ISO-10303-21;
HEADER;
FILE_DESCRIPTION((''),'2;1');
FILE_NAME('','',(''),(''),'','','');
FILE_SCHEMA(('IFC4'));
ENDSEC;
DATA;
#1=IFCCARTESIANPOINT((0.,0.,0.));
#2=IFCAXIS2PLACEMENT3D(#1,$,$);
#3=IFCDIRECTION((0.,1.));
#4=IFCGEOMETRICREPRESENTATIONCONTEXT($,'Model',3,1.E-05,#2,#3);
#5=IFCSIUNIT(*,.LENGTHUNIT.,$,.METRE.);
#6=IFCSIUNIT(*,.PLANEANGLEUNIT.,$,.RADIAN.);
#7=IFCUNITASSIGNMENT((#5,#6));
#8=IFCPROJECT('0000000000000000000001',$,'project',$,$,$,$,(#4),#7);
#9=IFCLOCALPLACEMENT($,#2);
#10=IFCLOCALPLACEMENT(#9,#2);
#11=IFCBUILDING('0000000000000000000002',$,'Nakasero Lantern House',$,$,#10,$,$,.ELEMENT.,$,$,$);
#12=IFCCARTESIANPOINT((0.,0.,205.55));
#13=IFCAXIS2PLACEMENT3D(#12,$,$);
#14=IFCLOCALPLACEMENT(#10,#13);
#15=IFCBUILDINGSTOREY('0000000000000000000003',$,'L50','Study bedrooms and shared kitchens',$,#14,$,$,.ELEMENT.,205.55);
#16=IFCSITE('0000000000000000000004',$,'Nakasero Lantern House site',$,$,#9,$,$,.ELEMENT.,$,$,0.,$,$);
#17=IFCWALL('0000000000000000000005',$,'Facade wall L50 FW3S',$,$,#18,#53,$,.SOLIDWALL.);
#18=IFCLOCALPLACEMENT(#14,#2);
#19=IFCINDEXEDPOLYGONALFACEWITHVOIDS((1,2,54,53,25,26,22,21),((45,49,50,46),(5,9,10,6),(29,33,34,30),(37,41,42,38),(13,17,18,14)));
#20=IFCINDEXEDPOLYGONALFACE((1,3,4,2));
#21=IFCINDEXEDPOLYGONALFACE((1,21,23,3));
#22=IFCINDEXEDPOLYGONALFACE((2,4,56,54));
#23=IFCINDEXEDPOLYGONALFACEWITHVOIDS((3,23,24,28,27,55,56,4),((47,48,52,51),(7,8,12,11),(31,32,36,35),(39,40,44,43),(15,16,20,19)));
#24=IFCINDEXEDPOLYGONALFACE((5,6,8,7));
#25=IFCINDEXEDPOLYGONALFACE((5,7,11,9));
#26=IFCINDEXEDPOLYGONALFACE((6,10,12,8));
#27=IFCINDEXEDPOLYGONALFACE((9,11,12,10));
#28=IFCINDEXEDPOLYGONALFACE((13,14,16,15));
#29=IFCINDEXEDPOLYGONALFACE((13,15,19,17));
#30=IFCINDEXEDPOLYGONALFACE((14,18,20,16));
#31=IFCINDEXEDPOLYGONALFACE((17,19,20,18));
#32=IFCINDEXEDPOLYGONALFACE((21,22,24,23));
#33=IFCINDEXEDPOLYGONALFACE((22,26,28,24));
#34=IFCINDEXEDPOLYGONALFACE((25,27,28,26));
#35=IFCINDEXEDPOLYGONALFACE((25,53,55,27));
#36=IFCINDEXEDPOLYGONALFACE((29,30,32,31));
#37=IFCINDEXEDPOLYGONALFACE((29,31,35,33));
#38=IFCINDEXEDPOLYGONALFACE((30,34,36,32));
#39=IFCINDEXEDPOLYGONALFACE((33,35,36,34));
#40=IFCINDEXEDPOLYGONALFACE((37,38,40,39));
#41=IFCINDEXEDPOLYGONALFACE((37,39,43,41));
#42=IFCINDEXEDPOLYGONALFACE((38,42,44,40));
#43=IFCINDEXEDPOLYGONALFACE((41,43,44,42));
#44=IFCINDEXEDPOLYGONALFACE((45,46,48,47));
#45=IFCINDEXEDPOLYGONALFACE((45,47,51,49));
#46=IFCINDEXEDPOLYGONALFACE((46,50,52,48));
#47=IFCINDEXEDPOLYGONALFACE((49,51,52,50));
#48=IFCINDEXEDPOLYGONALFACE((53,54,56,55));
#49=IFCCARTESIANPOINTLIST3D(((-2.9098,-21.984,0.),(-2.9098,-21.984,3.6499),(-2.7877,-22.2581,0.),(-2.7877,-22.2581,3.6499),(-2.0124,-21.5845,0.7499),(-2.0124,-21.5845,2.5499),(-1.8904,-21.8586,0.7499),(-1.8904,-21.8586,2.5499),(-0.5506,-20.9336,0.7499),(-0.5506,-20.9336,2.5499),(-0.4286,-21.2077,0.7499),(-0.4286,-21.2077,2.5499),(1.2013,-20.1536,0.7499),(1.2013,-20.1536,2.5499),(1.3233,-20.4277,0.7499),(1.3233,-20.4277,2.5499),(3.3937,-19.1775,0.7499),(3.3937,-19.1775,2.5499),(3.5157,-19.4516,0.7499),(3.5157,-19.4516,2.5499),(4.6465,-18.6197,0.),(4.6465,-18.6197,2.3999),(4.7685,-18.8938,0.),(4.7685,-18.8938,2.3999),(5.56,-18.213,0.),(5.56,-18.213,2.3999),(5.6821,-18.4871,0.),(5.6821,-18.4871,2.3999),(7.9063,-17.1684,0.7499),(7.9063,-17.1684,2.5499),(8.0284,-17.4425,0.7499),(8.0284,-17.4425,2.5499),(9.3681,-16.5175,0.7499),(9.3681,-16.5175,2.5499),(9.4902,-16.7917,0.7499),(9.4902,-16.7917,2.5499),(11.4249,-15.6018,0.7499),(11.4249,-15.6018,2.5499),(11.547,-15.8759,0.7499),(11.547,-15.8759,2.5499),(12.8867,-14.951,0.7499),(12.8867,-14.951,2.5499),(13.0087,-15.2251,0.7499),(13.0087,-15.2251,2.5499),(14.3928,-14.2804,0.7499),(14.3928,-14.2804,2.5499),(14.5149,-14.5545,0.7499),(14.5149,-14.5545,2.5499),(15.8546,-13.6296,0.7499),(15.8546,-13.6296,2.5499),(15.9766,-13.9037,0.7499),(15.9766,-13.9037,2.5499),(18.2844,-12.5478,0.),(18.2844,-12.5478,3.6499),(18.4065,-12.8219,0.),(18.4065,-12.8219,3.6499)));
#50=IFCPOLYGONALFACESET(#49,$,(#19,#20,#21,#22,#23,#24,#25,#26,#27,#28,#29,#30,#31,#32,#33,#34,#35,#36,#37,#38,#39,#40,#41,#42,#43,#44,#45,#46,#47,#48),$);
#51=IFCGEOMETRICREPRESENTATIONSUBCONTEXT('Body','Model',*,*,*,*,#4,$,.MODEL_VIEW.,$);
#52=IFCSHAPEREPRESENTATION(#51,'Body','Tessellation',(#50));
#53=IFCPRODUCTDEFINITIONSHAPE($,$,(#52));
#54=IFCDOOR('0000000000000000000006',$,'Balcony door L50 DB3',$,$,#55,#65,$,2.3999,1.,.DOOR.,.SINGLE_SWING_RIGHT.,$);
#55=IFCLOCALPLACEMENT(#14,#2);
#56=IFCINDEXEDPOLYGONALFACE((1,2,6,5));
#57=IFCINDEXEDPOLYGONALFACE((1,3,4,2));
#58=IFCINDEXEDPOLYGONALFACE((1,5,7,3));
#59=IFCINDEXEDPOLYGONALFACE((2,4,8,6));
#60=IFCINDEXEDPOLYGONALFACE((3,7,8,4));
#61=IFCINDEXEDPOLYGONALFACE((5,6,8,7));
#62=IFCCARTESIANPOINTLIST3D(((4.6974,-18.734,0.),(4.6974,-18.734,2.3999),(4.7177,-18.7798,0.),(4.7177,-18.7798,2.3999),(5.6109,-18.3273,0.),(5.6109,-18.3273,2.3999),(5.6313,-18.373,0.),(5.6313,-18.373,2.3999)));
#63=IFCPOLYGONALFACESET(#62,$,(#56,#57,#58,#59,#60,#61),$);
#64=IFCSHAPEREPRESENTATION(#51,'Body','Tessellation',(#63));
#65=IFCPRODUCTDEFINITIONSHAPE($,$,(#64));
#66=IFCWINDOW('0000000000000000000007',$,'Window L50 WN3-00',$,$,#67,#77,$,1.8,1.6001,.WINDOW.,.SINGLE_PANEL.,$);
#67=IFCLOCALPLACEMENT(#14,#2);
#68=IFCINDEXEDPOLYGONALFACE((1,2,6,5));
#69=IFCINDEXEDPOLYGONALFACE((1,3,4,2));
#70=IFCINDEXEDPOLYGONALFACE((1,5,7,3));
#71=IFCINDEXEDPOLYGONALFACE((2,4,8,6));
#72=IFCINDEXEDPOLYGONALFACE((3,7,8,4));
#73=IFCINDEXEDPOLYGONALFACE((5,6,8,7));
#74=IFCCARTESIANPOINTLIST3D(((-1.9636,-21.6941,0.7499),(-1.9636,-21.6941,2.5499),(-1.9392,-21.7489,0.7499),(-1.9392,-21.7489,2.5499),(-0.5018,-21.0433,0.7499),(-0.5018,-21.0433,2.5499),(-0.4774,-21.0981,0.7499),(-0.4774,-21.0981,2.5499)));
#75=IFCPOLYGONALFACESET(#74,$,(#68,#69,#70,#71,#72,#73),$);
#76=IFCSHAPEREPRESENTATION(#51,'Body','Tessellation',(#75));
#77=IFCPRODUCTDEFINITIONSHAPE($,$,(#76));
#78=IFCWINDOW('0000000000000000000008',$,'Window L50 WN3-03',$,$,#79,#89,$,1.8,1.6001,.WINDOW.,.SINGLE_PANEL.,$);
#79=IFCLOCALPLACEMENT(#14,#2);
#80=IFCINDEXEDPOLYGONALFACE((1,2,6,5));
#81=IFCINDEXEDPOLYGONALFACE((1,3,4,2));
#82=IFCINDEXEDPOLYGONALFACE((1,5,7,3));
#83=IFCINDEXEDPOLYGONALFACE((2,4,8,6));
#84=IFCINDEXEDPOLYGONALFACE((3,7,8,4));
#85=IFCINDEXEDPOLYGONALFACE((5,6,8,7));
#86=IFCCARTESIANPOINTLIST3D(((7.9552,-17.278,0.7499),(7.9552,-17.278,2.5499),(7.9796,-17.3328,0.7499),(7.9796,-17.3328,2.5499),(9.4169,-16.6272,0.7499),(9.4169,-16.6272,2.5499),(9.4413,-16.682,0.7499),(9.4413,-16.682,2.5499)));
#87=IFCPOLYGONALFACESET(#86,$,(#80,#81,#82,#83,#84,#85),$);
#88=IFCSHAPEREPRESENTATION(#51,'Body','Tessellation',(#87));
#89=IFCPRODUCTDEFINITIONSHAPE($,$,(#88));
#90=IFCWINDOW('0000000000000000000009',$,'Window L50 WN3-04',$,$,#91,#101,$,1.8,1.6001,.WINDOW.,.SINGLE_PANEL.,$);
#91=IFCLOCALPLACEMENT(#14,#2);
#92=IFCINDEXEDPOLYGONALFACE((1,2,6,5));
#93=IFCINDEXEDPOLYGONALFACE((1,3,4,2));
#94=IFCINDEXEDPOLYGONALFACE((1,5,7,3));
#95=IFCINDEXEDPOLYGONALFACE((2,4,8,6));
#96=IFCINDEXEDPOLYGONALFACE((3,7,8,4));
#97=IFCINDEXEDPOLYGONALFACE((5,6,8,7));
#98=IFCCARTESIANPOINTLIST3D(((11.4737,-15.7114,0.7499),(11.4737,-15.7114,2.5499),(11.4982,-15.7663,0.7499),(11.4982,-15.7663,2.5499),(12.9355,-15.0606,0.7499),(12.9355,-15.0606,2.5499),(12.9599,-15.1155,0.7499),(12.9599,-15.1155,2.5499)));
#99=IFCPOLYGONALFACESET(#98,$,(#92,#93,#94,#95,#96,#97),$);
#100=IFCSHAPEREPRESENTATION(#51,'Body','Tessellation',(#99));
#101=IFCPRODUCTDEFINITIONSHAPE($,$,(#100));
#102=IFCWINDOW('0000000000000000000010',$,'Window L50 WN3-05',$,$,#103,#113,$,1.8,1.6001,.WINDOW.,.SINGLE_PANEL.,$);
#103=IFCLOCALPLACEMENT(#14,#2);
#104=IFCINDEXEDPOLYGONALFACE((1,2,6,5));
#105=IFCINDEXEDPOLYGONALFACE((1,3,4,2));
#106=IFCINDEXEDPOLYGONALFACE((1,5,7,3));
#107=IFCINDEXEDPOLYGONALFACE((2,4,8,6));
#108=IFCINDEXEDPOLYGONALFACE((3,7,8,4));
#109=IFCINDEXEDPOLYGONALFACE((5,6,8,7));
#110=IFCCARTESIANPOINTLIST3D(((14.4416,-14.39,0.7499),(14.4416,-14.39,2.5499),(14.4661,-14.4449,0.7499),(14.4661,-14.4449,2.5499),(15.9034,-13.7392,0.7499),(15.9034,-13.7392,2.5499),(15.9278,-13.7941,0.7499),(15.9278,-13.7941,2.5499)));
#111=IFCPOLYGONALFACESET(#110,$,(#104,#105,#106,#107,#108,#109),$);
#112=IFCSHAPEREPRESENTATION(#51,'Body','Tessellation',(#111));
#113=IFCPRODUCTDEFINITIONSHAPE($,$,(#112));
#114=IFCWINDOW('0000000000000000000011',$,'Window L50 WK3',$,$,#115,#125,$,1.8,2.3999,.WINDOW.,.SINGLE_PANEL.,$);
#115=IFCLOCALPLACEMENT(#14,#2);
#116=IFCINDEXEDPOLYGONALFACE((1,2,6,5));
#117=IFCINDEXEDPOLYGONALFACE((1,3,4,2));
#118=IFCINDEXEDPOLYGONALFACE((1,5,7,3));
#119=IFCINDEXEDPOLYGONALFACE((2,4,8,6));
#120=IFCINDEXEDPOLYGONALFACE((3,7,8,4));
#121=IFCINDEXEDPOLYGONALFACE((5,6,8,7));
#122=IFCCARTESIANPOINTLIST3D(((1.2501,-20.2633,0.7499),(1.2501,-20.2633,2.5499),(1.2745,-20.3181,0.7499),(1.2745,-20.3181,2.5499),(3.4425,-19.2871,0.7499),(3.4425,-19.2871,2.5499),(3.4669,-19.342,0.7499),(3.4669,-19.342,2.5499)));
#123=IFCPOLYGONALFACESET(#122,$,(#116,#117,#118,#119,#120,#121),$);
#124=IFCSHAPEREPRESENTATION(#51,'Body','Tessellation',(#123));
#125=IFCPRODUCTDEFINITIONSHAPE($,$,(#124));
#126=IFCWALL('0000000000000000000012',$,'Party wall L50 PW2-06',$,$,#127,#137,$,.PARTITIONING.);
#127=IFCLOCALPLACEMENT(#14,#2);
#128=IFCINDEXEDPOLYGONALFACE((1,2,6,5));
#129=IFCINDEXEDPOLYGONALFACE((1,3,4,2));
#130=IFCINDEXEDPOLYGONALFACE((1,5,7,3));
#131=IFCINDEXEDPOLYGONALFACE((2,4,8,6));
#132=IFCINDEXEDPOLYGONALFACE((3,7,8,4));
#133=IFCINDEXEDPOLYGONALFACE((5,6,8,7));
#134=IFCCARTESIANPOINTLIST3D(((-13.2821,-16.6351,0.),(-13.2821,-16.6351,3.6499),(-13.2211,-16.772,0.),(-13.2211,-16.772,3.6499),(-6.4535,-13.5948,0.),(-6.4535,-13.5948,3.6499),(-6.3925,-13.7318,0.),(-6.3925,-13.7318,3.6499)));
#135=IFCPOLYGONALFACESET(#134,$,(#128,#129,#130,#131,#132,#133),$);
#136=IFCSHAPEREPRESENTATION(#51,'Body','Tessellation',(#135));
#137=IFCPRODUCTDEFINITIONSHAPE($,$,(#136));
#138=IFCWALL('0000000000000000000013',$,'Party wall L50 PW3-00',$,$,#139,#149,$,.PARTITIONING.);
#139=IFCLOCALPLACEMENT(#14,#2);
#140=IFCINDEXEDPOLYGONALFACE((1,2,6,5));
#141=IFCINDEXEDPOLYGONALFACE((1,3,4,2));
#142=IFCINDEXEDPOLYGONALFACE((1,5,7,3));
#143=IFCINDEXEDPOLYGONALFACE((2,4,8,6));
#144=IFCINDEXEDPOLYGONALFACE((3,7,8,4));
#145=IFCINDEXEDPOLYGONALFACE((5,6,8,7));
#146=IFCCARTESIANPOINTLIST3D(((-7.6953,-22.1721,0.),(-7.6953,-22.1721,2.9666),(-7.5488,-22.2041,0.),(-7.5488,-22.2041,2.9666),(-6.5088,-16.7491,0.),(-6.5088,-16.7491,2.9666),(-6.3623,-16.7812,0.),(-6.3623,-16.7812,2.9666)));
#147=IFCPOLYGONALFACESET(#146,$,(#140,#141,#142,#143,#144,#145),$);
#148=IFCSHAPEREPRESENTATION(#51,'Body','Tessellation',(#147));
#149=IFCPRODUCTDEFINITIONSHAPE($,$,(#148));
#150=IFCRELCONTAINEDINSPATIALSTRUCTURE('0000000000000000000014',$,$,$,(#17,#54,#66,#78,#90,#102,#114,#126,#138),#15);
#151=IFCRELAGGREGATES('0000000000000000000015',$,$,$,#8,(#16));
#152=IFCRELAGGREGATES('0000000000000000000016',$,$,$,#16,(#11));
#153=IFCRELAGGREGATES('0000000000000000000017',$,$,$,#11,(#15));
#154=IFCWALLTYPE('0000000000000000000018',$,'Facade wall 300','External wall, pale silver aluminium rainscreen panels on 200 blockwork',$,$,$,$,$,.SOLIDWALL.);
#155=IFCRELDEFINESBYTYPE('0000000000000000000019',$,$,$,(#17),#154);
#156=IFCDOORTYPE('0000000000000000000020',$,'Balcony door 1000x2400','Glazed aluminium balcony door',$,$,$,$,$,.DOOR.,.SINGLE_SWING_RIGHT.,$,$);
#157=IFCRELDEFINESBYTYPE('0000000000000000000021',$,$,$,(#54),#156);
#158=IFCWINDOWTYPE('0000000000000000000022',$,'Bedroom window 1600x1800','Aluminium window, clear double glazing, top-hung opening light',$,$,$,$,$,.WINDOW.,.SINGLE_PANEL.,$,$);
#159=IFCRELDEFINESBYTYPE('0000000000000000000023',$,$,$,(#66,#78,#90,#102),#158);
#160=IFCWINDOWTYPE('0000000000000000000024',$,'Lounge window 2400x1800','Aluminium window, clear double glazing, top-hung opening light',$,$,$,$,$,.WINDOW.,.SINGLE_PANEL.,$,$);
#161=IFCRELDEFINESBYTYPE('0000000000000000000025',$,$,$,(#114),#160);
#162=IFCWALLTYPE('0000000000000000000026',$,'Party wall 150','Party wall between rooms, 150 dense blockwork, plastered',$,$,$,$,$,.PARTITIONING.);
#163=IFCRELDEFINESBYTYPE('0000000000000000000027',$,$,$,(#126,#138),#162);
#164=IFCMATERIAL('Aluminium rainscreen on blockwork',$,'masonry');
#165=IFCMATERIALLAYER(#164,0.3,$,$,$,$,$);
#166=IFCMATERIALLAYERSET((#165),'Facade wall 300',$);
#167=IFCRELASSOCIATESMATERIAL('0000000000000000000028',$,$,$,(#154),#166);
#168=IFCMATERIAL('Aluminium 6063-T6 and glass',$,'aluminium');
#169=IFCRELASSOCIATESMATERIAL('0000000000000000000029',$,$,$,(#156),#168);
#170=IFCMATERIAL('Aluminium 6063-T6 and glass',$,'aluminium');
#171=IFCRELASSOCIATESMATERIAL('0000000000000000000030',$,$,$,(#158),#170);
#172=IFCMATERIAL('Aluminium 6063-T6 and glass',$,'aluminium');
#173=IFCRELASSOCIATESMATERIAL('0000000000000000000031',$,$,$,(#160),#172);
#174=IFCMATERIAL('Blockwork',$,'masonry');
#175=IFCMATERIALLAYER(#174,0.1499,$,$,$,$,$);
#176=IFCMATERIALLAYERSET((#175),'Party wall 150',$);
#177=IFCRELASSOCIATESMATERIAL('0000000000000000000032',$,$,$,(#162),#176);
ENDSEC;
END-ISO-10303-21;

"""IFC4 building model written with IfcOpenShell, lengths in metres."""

from ifc_helpers import new_model, si_unit, direction, frame, frame_2d, origin, place, context, subcontext, project, spatial, rectangle, extrude, material, layer, layer_set, type_object, element, fill, save


model = new_model("IFC4")

# Units and contexts
model_context = context("Model", 3, precision=1e-05, world=origin(), true_north=direction((0.0, 1.0)))
body_context = subcontext(model_context, "Body", "Model", "MODEL_VIEW")
ifc_project = project(units=[si_unit("LENGTHUNIT", "METRE"), si_unit("PLANEANGLEUNIT", "RADIAN")], contexts=[model_context])

# Site, building, storey
site_placement = place(None, origin())
site = spatial("IfcSite", under=ifc_project, at=site_placement, Name="Nakasero Lantern House site", CompositionType="ELEMENT", RefElevation=0.0)
building_placement = place(site_placement, origin())
building = spatial("IfcBuilding", under=site, at=building_placement, Name="Nakasero Lantern House", CompositionType="ELEMENT")
storey_placement = place(building_placement, frame((0.0, 0.0, 205.55)))
storey = spatial("IfcBuildingStorey", under=building, at=storey_placement, Name="L50", Description="Study bedrooms and shared kitchens", CompositionType="ELEMENT", Elevation=205.55)

# Shared definitions
ifc_material_1 = material(Name="Aluminium rainscreen on blockwork", Category="masonry")
ifc_layer_1 = layer(ifc_material_1, 0.3)
ifc_layer_set_1 = layer_set([ifc_layer_1], Name="Facade wall 300")
wall_type_1 = type_object("IfcWallType", Name="Facade wall 300", Description="External wall, pale silver aluminium rainscreen panels on 200 blockwork", PredefinedType="SOLIDWALL", material=ifc_layer_set_1)

# Wall, openings, door, windows
wall_1_placement = place(storey_placement, frame((-2.8489, -22.1211, 0.0), z_axis=(0.0, 0.0, 1.0), x_axis=(0.913546, 0.406735, 0.0)))
wall_1 = element("IfcWall", 1, at=wall_1_placement, inside=storey, type_object=wall_type_1, Name="Facade wall L50 FW3S", PredefinedType="SOLIDWALL", context=body_context, shape_type="SweptSolid", body=[
    extrude(rectangle(XDim=23.2, YDim=0.3, at=frame_2d((11.6001, 0.0))), origin(), (0.0, 0.0, 1.0), 3.6499),
])
opening_1_placement = place(wall_1_placement, frame((0.9824, 0.0, 0.75)))
opening_1 = element("IfcOpeningElement", 2, at=opening_1_placement, cuts=wall_1, PredefinedType="OPENING", context=body_context, shape_type="SweptSolid", body=[
    extrude(rectangle(XDim=1.6001, YDim=1.8, at=frame_2d((0.8, 0.8999))), frame((0.0, 0.1699, 0.0), z_axis=(0.0, -1.0, 0.0), x_axis=(1.0, 0.0, 0.0)), (0.0, 0.0, 1.0), 0.3401),
])
opening_2_placement = place(wall_1_placement, frame((11.8398, 0.0, 0.75)))
opening_2 = element("IfcOpeningElement", 3, at=opening_2_placement, cuts=wall_1, PredefinedType="OPENING", context=body_context, shape_type="SweptSolid", body=[
    extrude(rectangle(XDim=1.6001, YDim=1.8, at=frame_2d((0.8, 0.8999))), frame((0.0, 0.1699, 0.0), z_axis=(0.0, -1.0, 0.0), x_axis=(1.0, 0.0, 0.0)), (0.0, 0.0, 1.0), 0.3401),
])
opening_3_placement = place(wall_1_placement, frame((15.6914, 0.0, 0.75)))
opening_3 = element("IfcOpeningElement", 4, at=opening_3_placement, cuts=wall_1, PredefinedType="OPENING", context=body_context, shape_type="SweptSolid", body=[
    extrude(rectangle(XDim=1.6001, YDim=1.8, at=frame_2d((0.8, 0.8999))), frame((0.0, 0.1699, 0.0), z_axis=(0.0, -1.0, 0.0), x_axis=(1.0, 0.0, 0.0)), (0.0, 0.0, 1.0), 0.3401),
])
opening_4_placement = place(wall_1_placement, frame((18.9402, 0.0, 0.75)))
opening_4 = element("IfcOpeningElement", 5, at=opening_4_placement, cuts=wall_1, PredefinedType="OPENING", context=body_context, shape_type="SweptSolid", body=[
    extrude(rectangle(XDim=1.6001, YDim=1.8, at=frame_2d((0.8, 0.8999))), frame((0.0, 0.1699, 0.0), z_axis=(0.0, -1.0, 0.0), x_axis=(1.0, 0.0, 0.0)), (0.0, 0.0, 1.0), 0.3401),
])
opening_5_placement = place(wall_1_placement, frame((4.5002, 0.0, 0.75)))
opening_5 = element("IfcOpeningElement", 6, at=opening_5_placement, cuts=wall_1, PredefinedType="OPENING", context=body_context, shape_type="SweptSolid", body=[
    extrude(rectangle(XDim=2.3999, YDim=1.8, at=frame_2d((1.2, 0.8999))), frame((0.0, 0.1699, 0.0), z_axis=(0.0, -1.0, 0.0), x_axis=(1.0, 0.0, 0.0)), (0.0, 0.0, 1.0), 0.3401),
])
opening_6_placement = place(wall_1_placement, frame((8.2715, 0.0, 0.0)))
opening_6 = element("IfcOpeningElement", 7, at=opening_6_placement, cuts=wall_1, PredefinedType="OPENING", context=body_context, shape_type="SweptSolid", body=[
    extrude(rectangle(XDim=1.0, YDim=2.3999, at=frame_2d((0.5, 1.2))), frame((0.0, 0.1699, 0.0), z_axis=(0.0, -1.0, 0.0), x_axis=(1.0, 0.0, 0.0)), (0.0, 0.0, 1.0), 0.3401),
])
ifc_material_2 = material(Name="Aluminium 6063-T6 and glass", Category="aluminium")
door_type_1 = type_object("IfcDoorType", Name="Balcony door 1000x2400", Description="Glazed aluminium balcony door", OperationType="SINGLE_SWING_RIGHT", PredefinedType="DOOR", material=ifc_material_2)
door_1_placement = place(opening_6_placement, origin())
door_1 = element("IfcDoor", 8, at=door_1_placement, inside=storey, type_object=door_type_1, Name="Balcony door L50 DB3", OperationType="SINGLE_SWING_RIGHT", OverallHeight=2.3999, OverallWidth=1.0, PredefinedType="DOOR", context=body_context, shape_type="SweptSolid", body=[
    extrude(rectangle(XDim=1.0, YDim=2.3999, at=frame_2d((0.5, 1.2))), frame((0.0, 0.0249, 0.0), z_axis=(0.0, -1.0, 0.0), x_axis=(1.0, 0.0, 0.0)), (0.0, 0.0, 1.0), 0.05),
])
fill(opening_6, door_1)
ifc_material_3 = material(Name="Aluminium 6063-T6 and glass", Category="aluminium")
window_type_1 = type_object("IfcWindowType", Name="Bedroom window 1600x1800", Description="Aluminium window, clear double glazing, top-hung opening light", PartitioningType="SINGLE_PANEL", PredefinedType="WINDOW", material=ifc_material_3)
window_1_placement = place(opening_1_placement, origin())
window_1 = element("IfcWindow", 9, at=window_1_placement, inside=storey, type_object=window_type_1, Name="Window L50 WN3-00", OverallHeight=1.8, OverallWidth=1.6001, PartitioningType="SINGLE_PANEL", PredefinedType="WINDOW", context=body_context, shape_type="SweptSolid", body=[
    extrude(rectangle(XDim=1.6001, YDim=1.8, at=frame_2d((0.8, 0.8999))), frame((0.0, 0.03, 0.0), z_axis=(0.0, -1.0, 0.0), x_axis=(1.0, 0.0, 0.0)), (0.0, 0.0, 1.0), 0.0601),
])
fill(opening_1, window_1)
window_2_placement = place(opening_2_placement, origin())
window_2 = element("IfcWindow", 10, at=window_2_placement, inside=storey, type_object=window_type_1, Name="Window L50 WN3-03", OverallHeight=1.8, OverallWidth=1.6001, PartitioningType="SINGLE_PANEL", PredefinedType="WINDOW", context=body_context, shape_type="SweptSolid", body=[
    extrude(rectangle(XDim=1.6001, YDim=1.8, at=frame_2d((0.8, 0.8999))), frame((0.0, 0.03, 0.0), z_axis=(0.0, -1.0, 0.0), x_axis=(1.0, 0.0, 0.0)), (0.0, 0.0, 1.0), 0.0601),
])
fill(opening_2, window_2)
window_3_placement = place(opening_3_placement, origin())
window_3 = element("IfcWindow", 11, at=window_3_placement, inside=storey, type_object=window_type_1, Name="Window L50 WN3-04", OverallHeight=1.8, OverallWidth=1.6001, PartitioningType="SINGLE_PANEL", PredefinedType="WINDOW", context=body_context, shape_type="SweptSolid", body=[
    extrude(rectangle(XDim=1.6001, YDim=1.8, at=frame_2d((0.8, 0.8999))), frame((0.0, 0.03, 0.0), z_axis=(0.0, -1.0, 0.0), x_axis=(1.0, 0.0, 0.0)), (0.0, 0.0, 1.0), 0.0601),
])
fill(opening_3, window_3)
window_4_placement = place(opening_4_placement, origin())
window_4 = element("IfcWindow", 12, at=window_4_placement, inside=storey, type_object=window_type_1, Name="Window L50 WN3-05", OverallHeight=1.8, OverallWidth=1.6001, PartitioningType="SINGLE_PANEL", PredefinedType="WINDOW", context=body_context, shape_type="SweptSolid", body=[
    extrude(rectangle(XDim=1.6001, YDim=1.8, at=frame_2d((0.8, 0.8999))), frame((0.0, 0.03, 0.0), z_axis=(0.0, -1.0, 0.0), x_axis=(1.0, 0.0, 0.0)), (0.0, 0.0, 1.0), 0.0601),
])
fill(opening_4, window_4)
ifc_material_4 = material(Name="Aluminium 6063-T6 and glass", Category="aluminium")
window_type_2 = type_object("IfcWindowType", Name="Lounge window 2400x1800", Description="Aluminium window, clear double glazing, top-hung opening light", PartitioningType="SINGLE_PANEL", PredefinedType="WINDOW", material=ifc_material_4)
window_5_placement = place(opening_5_placement, origin())
window_5 = element("IfcWindow", 13, at=window_5_placement, inside=storey, type_object=window_type_2, Name="Window L50 WK3", OverallHeight=1.8, OverallWidth=2.3999, PartitioningType="SINGLE_PANEL", PredefinedType="WINDOW", context=body_context, shape_type="SweptSolid", body=[
    extrude(rectangle(XDim=2.3999, YDim=1.8, at=frame_2d((1.2, 0.8999))), frame((0.0, 0.03, 0.0), z_axis=(0.0, -1.0, 0.0), x_axis=(1.0, 0.0, 0.0)), (0.0, 0.0, 1.0), 0.0601),
])
fill(opening_5, window_5)

# Walls
ifc_material_5 = material(Name="Blockwork", Category="masonry")
ifc_layer_2 = layer(ifc_material_5, 0.1499)
ifc_layer_set_2 = layer_set([ifc_layer_2], Name="Party wall 150")
wall_type_2 = type_object("IfcWallType", Name="Party wall 150", Description="Party wall between rooms, 150 dense blockwork, plastered", PredefinedType="PARTITIONING", material=ifc_layer_set_2)
wall_2_placement = place(storey_placement, frame((-6.4231, -13.6633, 0.0), z_axis=(0.0, 0.0, 1.0), x_axis=(-0.913546, -0.406735, 0.0)))
element("IfcWall", 14, at=wall_2_placement, inside=storey, type_object=wall_type_2, Name="Party wall L50 PW2-06", PredefinedType="PARTITIONING", context=body_context, shape_type="SweptSolid", body=[
    extrude(rectangle(XDim=7.4749, YDim=0.1499, at=frame_2d((3.7373, 0.0))), origin(), (0.0, 0.0, 1.0), 3.6499),
])
wall_3_placement = place(storey_placement, frame((-6.4355, -16.7651, 0.0), z_axis=(0.0, 0.0, 1.0), x_axis=(-0.213735, -0.976892, 0.0)))
element("IfcWall", 15, at=wall_3_placement, inside=storey, type_object=wall_type_2, Name="Party wall L50 PW3-00", PredefinedType="PARTITIONING", context=body_context, shape_type="SweptSolid", body=[
    extrude(rectangle(XDim=5.5513, YDim=0.1499, at=frame_2d((2.7756, 0.0))), origin(), (0.0, 0.0, 1.0), 2.9666),
])

save(model, "model.ifc")
